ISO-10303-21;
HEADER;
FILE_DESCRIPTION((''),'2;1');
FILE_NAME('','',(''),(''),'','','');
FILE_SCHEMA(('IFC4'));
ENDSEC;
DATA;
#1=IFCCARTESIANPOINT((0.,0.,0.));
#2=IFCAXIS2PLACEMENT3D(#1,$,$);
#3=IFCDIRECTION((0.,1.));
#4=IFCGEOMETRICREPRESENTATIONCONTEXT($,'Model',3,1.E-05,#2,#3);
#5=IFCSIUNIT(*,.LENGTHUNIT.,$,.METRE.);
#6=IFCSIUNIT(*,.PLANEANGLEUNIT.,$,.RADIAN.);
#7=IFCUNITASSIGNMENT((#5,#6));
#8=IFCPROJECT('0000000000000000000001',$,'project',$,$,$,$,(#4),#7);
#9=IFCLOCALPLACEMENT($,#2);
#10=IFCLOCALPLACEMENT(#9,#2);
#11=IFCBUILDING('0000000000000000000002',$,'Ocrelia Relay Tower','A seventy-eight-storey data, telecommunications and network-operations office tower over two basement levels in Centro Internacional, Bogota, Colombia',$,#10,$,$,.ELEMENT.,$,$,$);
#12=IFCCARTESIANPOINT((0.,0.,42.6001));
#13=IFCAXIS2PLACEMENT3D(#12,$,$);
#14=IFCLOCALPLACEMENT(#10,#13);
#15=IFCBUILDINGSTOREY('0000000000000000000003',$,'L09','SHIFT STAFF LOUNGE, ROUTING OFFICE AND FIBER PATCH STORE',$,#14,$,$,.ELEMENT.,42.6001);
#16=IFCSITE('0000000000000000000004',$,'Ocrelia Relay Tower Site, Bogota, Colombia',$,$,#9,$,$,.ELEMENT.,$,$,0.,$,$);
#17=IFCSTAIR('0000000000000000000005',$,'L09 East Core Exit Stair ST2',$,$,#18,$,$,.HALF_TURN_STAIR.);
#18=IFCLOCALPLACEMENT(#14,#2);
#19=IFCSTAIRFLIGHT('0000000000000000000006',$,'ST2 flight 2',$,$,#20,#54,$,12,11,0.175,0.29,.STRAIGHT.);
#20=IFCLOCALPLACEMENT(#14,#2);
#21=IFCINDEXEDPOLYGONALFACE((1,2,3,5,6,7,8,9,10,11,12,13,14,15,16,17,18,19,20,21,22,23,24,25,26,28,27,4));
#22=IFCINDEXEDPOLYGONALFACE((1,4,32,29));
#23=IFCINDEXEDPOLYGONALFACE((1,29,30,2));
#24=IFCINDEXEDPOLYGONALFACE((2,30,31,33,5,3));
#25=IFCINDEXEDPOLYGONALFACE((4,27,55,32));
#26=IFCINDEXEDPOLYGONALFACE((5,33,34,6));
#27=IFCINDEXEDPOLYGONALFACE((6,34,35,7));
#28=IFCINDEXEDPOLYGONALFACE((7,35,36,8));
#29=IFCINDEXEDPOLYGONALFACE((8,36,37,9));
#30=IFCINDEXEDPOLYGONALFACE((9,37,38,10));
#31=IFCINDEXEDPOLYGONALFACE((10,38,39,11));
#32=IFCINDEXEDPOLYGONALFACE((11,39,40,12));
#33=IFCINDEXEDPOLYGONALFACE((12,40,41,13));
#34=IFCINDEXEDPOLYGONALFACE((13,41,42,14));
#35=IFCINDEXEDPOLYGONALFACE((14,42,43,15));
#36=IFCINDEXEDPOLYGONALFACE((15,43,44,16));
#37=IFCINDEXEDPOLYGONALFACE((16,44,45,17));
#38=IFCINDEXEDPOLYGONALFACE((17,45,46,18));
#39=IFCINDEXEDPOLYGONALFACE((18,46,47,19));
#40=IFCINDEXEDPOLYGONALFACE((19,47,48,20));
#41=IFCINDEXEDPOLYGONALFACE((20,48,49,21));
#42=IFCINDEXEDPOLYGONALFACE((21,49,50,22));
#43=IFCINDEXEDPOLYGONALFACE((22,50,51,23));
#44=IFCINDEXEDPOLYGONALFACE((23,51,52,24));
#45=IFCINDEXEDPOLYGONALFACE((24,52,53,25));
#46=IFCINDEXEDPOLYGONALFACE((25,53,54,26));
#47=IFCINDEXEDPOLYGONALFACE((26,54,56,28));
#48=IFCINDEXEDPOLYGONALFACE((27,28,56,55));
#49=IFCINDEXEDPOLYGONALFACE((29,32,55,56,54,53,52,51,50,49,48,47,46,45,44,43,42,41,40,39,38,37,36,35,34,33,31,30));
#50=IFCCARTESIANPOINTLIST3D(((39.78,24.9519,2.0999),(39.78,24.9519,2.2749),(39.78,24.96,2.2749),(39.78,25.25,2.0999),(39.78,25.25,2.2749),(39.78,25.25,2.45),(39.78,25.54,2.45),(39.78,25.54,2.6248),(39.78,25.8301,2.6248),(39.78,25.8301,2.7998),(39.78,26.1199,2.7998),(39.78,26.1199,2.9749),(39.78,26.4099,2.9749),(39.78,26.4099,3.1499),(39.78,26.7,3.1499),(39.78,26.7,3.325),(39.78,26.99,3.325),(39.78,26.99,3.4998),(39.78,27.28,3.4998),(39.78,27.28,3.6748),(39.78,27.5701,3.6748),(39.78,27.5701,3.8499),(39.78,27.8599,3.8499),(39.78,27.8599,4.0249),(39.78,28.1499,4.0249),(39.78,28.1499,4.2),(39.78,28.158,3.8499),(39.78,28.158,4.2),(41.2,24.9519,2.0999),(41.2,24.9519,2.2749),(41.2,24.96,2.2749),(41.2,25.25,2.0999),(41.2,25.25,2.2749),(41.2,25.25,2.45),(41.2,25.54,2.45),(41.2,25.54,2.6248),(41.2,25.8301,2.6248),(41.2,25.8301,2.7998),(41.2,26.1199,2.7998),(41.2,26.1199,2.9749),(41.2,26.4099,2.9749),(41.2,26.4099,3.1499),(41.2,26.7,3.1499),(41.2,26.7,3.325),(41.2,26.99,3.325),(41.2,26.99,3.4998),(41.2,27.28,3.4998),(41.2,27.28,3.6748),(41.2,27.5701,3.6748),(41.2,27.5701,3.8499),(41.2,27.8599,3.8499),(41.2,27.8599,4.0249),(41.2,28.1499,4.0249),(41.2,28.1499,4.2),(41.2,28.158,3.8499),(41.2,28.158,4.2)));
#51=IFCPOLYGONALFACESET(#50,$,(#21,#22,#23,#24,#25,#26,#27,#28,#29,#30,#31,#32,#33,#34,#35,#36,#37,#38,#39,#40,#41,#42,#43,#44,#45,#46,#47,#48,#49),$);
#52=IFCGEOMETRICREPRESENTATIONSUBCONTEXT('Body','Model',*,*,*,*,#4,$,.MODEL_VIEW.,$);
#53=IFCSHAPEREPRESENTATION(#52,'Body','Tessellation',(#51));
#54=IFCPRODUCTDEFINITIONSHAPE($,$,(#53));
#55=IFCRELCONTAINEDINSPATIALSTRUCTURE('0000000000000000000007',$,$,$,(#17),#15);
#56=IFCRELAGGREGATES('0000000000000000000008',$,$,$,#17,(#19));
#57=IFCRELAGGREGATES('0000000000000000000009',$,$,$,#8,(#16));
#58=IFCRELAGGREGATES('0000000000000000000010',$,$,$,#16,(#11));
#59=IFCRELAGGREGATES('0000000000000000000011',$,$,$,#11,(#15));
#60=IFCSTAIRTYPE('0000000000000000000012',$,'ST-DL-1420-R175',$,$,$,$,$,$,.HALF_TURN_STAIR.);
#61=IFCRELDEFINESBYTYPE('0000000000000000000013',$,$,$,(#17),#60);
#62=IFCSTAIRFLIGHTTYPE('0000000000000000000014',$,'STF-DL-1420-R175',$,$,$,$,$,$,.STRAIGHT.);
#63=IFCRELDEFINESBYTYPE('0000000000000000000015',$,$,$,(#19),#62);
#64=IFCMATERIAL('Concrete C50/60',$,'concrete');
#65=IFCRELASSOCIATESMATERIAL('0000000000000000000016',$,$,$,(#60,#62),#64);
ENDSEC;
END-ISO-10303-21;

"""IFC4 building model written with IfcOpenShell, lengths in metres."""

from ifc_helpers import new_model, si_unit, direction, frame, origin, place, context, subcontext, project, spatial, polyline, outline, extrude, material, type_object, element, aggregate, save


model = new_model("IFC4")

# Units and contexts
model_context = context("Model", 3, precision=1e-05, world=origin(), true_north=direction((0.0, 1.0)))
body_context = subcontext(model_context, "Body", "Model", "MODEL_VIEW")
ifc_project = project(units=[si_unit("LENGTHUNIT", "METRE"), si_unit("PLANEANGLEUNIT", "RADIAN")], contexts=[model_context])

# Site, building, storey
site_placement = place(None, origin())
site = spatial("IfcSite", under=ifc_project, at=site_placement, Name="Ocrelia Relay Tower Site, Bogota, Colombia", CompositionType="ELEMENT", RefElevation=0.0)
building_placement = place(site_placement, origin())
building = spatial("IfcBuilding", under=site, at=building_placement, Name="Ocrelia Relay Tower", Description="A seventy-eight-storey data, telecommunications and network-operations office tower over two basement levels in Centro Internacional, Bogota, Colombia", CompositionType="ELEMENT")
storey_placement = place(building_placement, frame((0.0, 0.0, 42.6001)))
storey = spatial("IfcBuildingStorey", under=building, at=storey_placement, Name="L09", Description="SHIFT STAFF LOUNGE, ROUTING OFFICE AND FIBER PATCH STORE", CompositionType="ELEMENT", Elevation=42.6001)

# Shared definitions
ifc_material_1 = material(Name="Concrete C50/60", Category="concrete")

# Stair, stair flight
stair_type = type_object("IfcStairType", Name="ST-DL-1420-R175", PredefinedType="HALF_TURN_STAIR", material=ifc_material_1)
stair_placement = place(storey_placement, origin())
stair = element("IfcStair", 1, at=stair_placement, inside=storey, type_object=stair_type, Name="L09 East Core Exit Stair ST2", PredefinedType="HALF_TURN_STAIR")
stair_flight_type = type_object("IfcStairFlightType", Name="STF-DL-1420-R175", PredefinedType="STRAIGHT", material=ifc_material_1)
stair_flight_placement = place(storey_placement, frame((40.49, 24.96, 2.0999), z_axis=(0.0, 0.0, 1.0), x_axis=(0.0, 1.0, 0.0)))
stair_flight = element("IfcStairFlight", 2, at=stair_flight_placement, type_object=stair_flight_type, Name="ST2 flight 2", NumberOfRisers=12, NumberOfTreads=11, PredefinedType="STRAIGHT", RiserHeight=0.175, TreadLength=0.29, context=body_context, shape_type="SweptSolid", body=[
    extrude(outline(polyline([(-0.0081, 0.0), (-0.0081, 0.175), (0.0, 0.175), (0.29, 0.175), (0.29, 0.3501), (0.5801, 0.3501), (0.5801, 0.5249), (0.8701, 0.5249), (0.8701, 0.7), (1.1599, 0.7), (1.1599, 0.875), (1.45, 0.875), (1.45, 1.05), (1.74, 1.05), (1.74, 1.2251), (2.03, 1.2251), (2.03, 1.3999), (2.3201, 1.3999), (2.3201, 1.575), (2.6101, 1.575), (2.6101, 1.75), (2.8999, 1.75), (2.8999, 1.925), (3.1899, 1.925), (3.1899, 2.1001), (3.198, 2.1001), (3.198, 1.75), (0.29, 0.0), (-0.0081, 0.0)])), frame((0.0, 0.71, 0.0), z_axis=(0.0, -1.0, 0.0), x_axis=(1.0, 0.0, 0.0)), (0.0, 0.0, 1.0), 1.4199),
])
aggregate(stair, [stair_flight])

save(model, "model.ifc")
